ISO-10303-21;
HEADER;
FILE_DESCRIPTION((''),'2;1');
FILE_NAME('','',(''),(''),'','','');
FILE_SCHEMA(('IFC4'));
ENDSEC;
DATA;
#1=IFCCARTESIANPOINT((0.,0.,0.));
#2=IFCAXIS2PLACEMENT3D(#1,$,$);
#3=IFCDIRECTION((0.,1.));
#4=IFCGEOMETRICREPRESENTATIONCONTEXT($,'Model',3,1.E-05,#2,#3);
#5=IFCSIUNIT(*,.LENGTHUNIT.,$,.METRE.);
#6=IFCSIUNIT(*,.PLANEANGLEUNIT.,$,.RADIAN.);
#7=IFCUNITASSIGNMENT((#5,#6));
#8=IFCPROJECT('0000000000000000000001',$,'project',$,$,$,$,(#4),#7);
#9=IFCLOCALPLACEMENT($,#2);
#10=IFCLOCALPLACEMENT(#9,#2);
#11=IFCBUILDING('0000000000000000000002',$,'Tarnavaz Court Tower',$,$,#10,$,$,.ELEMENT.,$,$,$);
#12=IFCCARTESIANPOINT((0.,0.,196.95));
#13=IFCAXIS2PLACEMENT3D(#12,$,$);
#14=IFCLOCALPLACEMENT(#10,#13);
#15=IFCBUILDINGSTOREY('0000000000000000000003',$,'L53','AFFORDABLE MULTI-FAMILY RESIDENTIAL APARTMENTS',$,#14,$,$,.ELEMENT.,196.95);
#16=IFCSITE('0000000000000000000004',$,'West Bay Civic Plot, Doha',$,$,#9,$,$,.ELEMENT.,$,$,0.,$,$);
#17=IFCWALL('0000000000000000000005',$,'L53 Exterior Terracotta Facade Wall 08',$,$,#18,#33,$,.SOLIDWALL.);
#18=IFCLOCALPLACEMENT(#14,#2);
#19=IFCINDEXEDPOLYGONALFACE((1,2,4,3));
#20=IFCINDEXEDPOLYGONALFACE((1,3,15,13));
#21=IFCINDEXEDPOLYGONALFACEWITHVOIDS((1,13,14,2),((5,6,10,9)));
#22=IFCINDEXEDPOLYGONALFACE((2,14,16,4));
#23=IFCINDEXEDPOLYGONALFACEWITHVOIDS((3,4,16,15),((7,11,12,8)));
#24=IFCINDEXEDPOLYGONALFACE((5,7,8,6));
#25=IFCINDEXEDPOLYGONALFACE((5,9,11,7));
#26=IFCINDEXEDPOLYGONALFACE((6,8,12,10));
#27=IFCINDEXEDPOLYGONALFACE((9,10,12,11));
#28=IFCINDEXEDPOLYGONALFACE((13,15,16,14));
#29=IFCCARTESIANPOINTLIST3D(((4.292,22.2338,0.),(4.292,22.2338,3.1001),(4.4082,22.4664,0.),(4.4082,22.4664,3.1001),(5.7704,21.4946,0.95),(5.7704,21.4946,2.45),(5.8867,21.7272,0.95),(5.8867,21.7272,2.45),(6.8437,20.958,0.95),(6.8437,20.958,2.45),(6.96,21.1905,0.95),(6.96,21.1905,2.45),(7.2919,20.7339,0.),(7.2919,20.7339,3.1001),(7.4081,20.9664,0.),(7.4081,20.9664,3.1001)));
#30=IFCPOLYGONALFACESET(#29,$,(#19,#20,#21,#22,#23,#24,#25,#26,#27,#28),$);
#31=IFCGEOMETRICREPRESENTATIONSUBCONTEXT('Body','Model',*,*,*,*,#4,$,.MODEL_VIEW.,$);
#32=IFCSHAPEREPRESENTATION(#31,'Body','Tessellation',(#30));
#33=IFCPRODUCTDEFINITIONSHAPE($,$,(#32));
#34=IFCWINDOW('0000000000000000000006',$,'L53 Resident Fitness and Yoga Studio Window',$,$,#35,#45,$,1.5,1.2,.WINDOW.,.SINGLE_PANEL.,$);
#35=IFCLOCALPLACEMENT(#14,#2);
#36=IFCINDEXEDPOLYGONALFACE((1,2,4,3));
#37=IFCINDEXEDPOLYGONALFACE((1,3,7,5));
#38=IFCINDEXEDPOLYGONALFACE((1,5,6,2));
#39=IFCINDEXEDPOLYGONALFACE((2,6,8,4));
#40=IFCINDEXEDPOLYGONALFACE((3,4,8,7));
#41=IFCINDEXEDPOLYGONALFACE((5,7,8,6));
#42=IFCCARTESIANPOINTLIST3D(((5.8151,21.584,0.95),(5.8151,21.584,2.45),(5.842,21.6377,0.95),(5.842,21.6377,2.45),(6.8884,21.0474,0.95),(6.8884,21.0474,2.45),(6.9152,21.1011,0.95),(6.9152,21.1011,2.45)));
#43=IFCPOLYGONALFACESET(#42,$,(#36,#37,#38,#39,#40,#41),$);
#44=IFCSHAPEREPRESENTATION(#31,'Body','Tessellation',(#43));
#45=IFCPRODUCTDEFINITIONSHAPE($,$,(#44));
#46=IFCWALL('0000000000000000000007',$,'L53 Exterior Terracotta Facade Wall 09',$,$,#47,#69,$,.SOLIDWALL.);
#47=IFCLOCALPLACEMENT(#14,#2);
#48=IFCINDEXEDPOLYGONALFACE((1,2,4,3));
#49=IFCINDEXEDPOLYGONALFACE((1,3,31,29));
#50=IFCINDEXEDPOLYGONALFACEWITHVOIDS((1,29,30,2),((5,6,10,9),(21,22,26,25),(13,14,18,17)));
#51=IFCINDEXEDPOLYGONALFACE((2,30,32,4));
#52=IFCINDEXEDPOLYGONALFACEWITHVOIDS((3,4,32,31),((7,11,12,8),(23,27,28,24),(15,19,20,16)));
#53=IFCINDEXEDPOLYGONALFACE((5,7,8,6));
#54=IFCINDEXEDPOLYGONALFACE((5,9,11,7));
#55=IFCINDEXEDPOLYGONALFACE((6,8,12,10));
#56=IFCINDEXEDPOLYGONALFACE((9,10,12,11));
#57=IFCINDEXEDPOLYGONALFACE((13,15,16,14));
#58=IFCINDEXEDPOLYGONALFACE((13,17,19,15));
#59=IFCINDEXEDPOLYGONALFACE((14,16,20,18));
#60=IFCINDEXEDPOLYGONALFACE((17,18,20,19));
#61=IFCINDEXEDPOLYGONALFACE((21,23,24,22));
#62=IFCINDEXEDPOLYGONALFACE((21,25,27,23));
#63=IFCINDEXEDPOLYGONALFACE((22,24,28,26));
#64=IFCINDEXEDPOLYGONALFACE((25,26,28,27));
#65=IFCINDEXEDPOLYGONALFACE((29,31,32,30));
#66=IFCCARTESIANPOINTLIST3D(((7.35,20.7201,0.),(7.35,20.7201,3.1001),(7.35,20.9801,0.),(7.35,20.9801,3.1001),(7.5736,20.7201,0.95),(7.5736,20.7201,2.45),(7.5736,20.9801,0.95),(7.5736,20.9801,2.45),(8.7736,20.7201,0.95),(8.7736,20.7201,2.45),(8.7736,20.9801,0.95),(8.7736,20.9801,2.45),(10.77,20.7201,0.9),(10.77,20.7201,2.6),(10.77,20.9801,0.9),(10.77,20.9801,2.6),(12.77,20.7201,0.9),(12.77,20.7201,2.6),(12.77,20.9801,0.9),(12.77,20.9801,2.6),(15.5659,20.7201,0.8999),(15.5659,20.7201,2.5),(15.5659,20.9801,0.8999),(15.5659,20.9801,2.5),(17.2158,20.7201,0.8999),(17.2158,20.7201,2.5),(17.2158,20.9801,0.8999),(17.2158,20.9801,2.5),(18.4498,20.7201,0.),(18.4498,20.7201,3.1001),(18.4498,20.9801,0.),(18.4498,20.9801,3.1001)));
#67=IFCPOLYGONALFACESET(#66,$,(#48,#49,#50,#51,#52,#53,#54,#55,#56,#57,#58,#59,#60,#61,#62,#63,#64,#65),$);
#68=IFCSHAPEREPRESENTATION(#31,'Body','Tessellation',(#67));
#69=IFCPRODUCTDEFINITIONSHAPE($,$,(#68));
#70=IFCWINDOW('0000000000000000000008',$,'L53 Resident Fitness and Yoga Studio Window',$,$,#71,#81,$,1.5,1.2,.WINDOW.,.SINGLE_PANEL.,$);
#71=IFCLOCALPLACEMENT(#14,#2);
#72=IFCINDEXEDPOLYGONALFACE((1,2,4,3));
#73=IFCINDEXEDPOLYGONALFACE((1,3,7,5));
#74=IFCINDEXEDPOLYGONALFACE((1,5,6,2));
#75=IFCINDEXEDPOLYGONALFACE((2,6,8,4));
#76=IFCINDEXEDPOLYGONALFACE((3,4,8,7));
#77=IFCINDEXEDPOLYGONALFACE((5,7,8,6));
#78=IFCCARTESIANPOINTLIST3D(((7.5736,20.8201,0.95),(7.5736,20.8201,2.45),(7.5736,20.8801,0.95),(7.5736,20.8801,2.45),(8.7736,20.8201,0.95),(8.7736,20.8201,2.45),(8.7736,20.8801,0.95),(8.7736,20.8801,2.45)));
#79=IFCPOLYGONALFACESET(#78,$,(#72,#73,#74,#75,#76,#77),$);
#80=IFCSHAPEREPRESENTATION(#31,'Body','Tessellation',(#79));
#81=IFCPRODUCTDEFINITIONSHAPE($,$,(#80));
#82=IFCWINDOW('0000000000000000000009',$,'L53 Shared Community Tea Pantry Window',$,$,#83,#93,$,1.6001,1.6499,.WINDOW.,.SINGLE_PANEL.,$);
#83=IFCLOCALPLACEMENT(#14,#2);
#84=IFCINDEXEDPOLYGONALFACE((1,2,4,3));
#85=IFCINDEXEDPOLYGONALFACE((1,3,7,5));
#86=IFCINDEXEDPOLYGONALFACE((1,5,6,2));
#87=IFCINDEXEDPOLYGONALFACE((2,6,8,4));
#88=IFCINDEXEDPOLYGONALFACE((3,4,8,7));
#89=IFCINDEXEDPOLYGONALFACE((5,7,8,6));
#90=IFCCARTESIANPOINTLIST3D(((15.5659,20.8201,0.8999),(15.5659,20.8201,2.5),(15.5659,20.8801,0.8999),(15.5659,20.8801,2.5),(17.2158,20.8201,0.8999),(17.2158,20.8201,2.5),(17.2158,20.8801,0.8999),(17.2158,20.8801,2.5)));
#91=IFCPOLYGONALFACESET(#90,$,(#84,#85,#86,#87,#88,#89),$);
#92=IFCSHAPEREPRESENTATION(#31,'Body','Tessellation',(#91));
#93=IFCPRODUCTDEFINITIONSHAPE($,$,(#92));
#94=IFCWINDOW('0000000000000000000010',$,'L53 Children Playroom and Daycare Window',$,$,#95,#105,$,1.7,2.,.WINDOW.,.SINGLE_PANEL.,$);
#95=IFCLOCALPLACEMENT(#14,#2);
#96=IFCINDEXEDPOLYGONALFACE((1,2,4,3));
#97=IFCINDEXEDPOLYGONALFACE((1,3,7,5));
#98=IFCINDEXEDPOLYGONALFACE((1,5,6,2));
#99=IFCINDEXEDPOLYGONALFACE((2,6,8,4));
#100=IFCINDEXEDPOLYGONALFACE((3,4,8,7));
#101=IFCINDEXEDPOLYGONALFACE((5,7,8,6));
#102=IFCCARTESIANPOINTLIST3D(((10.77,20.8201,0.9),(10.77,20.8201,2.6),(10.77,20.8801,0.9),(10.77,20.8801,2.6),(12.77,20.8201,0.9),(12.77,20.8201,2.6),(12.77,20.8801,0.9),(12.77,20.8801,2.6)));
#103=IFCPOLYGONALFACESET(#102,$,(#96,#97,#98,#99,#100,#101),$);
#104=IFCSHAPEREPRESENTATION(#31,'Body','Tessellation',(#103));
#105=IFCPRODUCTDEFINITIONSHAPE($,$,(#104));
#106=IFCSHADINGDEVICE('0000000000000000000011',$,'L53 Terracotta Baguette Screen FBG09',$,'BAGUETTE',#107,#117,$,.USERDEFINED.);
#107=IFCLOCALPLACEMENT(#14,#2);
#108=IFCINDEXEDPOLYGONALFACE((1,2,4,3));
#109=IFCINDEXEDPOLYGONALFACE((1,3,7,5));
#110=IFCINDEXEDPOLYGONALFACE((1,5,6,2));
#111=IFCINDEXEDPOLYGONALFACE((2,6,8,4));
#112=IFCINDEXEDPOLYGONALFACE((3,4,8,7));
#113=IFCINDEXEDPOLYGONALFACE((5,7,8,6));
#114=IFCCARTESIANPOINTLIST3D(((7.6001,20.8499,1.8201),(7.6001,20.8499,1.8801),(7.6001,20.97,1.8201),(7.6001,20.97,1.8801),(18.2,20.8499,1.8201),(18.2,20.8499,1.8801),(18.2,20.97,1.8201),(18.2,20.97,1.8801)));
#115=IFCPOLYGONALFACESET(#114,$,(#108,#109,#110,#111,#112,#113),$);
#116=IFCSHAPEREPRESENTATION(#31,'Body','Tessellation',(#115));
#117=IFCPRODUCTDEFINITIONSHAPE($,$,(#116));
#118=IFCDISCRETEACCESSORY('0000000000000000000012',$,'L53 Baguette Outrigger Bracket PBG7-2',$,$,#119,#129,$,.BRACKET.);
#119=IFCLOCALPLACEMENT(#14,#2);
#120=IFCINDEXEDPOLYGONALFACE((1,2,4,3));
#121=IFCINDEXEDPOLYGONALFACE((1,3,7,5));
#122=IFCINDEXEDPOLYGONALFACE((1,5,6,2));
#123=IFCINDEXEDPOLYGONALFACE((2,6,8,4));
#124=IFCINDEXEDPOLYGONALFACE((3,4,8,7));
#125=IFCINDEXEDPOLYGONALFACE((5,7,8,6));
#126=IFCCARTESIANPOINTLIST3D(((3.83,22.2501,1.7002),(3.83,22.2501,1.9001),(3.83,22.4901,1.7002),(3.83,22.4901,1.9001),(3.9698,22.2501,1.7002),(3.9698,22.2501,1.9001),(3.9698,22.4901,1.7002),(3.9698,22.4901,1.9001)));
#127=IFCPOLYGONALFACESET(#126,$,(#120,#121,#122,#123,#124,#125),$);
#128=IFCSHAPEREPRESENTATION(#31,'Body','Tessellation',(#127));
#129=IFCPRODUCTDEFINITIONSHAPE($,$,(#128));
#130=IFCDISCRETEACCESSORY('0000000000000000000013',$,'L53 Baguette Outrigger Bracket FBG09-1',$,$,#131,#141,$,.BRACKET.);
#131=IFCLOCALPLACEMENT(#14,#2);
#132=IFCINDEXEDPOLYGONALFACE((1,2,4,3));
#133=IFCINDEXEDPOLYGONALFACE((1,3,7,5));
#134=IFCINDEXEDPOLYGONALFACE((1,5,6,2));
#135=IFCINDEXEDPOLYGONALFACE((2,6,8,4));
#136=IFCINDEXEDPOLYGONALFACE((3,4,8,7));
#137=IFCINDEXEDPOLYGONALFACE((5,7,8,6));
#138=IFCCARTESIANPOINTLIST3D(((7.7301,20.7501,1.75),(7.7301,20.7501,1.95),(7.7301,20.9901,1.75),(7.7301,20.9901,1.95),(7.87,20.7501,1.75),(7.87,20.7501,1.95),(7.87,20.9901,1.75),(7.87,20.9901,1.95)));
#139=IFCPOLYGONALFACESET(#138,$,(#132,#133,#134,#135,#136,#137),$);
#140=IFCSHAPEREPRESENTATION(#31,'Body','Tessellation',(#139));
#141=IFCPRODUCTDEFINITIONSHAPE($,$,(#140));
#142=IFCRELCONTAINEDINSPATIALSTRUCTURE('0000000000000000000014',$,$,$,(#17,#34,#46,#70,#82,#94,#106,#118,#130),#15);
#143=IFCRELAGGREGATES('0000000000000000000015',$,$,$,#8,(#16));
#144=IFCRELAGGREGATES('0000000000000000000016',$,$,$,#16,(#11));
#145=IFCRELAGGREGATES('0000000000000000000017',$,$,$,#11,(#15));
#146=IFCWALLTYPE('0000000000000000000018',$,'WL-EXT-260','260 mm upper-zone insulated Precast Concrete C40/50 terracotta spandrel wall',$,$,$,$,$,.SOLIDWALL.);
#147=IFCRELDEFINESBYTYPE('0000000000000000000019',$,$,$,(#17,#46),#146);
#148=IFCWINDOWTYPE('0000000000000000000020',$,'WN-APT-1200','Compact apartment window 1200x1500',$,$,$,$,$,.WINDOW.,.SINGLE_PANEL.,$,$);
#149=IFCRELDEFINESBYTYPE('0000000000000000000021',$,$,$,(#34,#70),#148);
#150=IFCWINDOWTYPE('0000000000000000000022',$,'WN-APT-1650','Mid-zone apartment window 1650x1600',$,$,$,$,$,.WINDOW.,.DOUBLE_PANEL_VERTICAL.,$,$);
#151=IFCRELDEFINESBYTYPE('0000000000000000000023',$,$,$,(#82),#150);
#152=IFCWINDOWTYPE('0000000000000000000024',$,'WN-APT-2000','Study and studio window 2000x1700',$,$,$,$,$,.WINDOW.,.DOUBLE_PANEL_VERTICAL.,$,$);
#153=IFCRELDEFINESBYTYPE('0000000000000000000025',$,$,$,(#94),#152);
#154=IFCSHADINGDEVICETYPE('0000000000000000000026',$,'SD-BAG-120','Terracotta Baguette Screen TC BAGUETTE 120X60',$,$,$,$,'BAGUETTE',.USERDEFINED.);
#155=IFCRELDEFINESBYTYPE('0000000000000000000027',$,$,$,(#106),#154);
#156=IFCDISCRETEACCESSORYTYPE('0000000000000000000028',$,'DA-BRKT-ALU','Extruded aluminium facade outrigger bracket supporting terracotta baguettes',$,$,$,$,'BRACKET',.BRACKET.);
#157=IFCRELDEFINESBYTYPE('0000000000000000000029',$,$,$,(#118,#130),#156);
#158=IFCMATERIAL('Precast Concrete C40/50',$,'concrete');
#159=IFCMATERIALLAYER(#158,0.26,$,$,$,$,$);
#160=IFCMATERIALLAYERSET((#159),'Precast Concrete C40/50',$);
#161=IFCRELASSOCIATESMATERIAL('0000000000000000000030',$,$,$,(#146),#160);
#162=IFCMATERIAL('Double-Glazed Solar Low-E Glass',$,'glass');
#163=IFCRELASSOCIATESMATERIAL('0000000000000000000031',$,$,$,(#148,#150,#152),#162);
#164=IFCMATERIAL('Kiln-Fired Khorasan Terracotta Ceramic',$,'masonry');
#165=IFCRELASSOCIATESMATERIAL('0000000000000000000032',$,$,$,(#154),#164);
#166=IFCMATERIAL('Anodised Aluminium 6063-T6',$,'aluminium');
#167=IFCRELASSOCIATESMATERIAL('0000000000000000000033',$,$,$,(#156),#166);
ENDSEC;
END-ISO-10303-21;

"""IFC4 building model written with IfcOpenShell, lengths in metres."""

from ifc_helpers import new_model, si_unit, direction, frame, frame_2d, origin, origin_2d, place, context, subcontext, project, spatial, rectangle, extrude, material, layer, layer_set, material_profile, profile_set, type_object, element, fill, save


model = new_model("IFC4")

# Units and contexts
model_context = context("Model", 3, precision=1e-05, world=origin(), true_north=direction((0.0, 1.0)))
body_context = subcontext(model_context, "Body", "Model", "MODEL_VIEW")
ifc_project = project(units=[si_unit("LENGTHUNIT", "METRE"), si_unit("PLANEANGLEUNIT", "RADIAN")], contexts=[model_context])

# Site, building, storey
site_placement = place(None, origin())
site = spatial("IfcSite", under=ifc_project, at=site_placement, Name="West Bay Civic Plot, Doha", CompositionType="ELEMENT", RefElevation=0.0)
building_placement = place(site_placement, origin())
building = spatial("IfcBuilding", under=site, at=building_placement, Name="Tarnavaz Court Tower", CompositionType="ELEMENT")
storey_placement = place(building_placement, frame((0.0, 0.0, 196.95)))
storey = spatial("IfcBuildingStorey", under=building, at=storey_placement, Name="L53", Description="AFFORDABLE MULTI-FAMILY RESIDENTIAL APARTMENTS", CompositionType="ELEMENT", Elevation=196.95)

# Shared definitions
ifc_material_1 = material(Name="Anodised Aluminium 6063-T6", Category="aluminium")
ifc_material_2 = material(Name="Double-Glazed Solar Low-E Glass", Category="glass")

# Wall, opening, window
ifc_material_3 = material(Name="Precast Concrete C40/50", Category="concrete")
ifc_layer_1 = layer(ifc_material_3, 0.26)
ifc_layer_set_1 = layer_set([ifc_layer_1], Name="Precast Concrete C40/50")
wall_type = type_object("IfcWallType", Name="WL-EXT-260", Description="260 mm upper-zone insulated Precast Concrete C40/50 terracotta spandrel wall", PredefinedType="SOLIDWALL", material=ifc_layer_set_1)
wall_1_placement = place(storey_placement, frame((4.3501, 22.3501, 0.0), z_axis=(0.0, 0.0, 1.0), x_axis=(0.894427, -0.447214, 0.0)))
wall_1 = element("IfcWall", 1, at=wall_1_placement, inside=storey, type_object=wall_type, Name="L53 Exterior Terracotta Facade Wall 08", PredefinedType="SOLIDWALL", context=body_context, shape_type="SweptSolid", body=[
    extrude(rectangle(XDim=3.354, YDim=0.26, at=frame_2d((1.677, 0.0))), origin(), (0.0, 0.0, 1.0), 3.1001),
])
opening_1_placement = place(wall_1_placement, frame((1.6528, 0.0, 0.95)))
opening_1 = element("IfcOpeningElement", 2, at=opening_1_placement, cuts=wall_1, PredefinedType="OPENING", context=body_context, shape_type="SweptSolid", body=[
    extrude(rectangle(XDim=1.2, YDim=1.5, at=frame_2d((0.6001, 0.75))), frame((0.0, 0.1399, 0.0), z_axis=(0.0, -1.0, 0.0), x_axis=(1.0, 0.0, 0.0)), (0.0, 0.0, 1.0), 0.28),
])
window_type_1 = type_object("IfcWindowType", Name="WN-APT-1200", Description="Compact apartment window 1200x1500", PartitioningType="SINGLE_PANEL", PredefinedType="WINDOW", material=ifc_material_2)
window_1_placement = place(opening_1_placement, origin())
window_1 = element("IfcWindow", 3, at=window_1_placement, inside=storey, type_object=window_type_1, Name="L53 Resident Fitness and Yoga Studio Window", OverallHeight=1.5, OverallWidth=1.2, PartitioningType="SINGLE_PANEL", PredefinedType="WINDOW", context=body_context, shape_type="SweptSolid", body=[
    extrude(rectangle(XDim=1.2, YDim=1.5, at=frame_2d((0.6001, 0.75))), frame((0.0, 0.03, 0.0), z_axis=(0.0, -1.0, 0.0), x_axis=(1.0, 0.0, 0.0)), (0.0, 0.0, 1.0), 0.0601),
])
fill(opening_1, window_1)

# Wall, openings, windows
wall_2_placement = place(storey_placement, frame((7.3501, 20.8501, 0.0), z_axis=(0.0, 0.0, 1.0), x_axis=(1.0, 0.0, 0.0)))
wall_2 = element("IfcWall", 4, at=wall_2_placement, inside=storey, type_object=wall_type, Name="L53 Exterior Terracotta Facade Wall 09", PredefinedType="SOLIDWALL", context=body_context, shape_type="SweptSolid", body=[
    extrude(rectangle(XDim=11.0999, YDim=0.26, at=frame_2d((5.5498, 0.0))), origin(), (0.0, 0.0, 1.0), 3.1001),
])
opening_2_placement = place(wall_2_placement, frame((0.2234, 0.0, 0.95)))
opening_2 = element("IfcOpeningElement", 5, at=opening_2_placement, cuts=wall_2, PredefinedType="OPENING", context=body_context, shape_type="SweptSolid", body=[
    extrude(rectangle(XDim=1.2, YDim=1.5, at=frame_2d((0.6001, 0.75))), frame((0.0, 0.1399, 0.0), z_axis=(0.0, -1.0, 0.0), x_axis=(1.0, 0.0, 0.0)), (0.0, 0.0, 1.0), 0.28),
])
opening_3_placement = place(wall_2_placement, frame((3.4199, 0.0, 0.8999)))
opening_3 = element("IfcOpeningElement", 6, at=opening_3_placement, cuts=wall_2, PredefinedType="OPENING", context=body_context, shape_type="SweptSolid", body=[
    extrude(rectangle(XDim=2.0, YDim=1.7, at=frame_2d((1.0, 0.8501))), frame((0.0, 0.1399, 0.0), z_axis=(0.0, -1.0, 0.0), x_axis=(1.0, 0.0, 0.0)), (0.0, 0.0, 1.0), 0.28),
])
opening_4_placement = place(wall_2_placement, frame((8.2158, 0.0, 0.8999)))
opening_4 = element("IfcOpeningElement", 7, at=opening_4_placement, cuts=wall_2, PredefinedType="OPENING", context=body_context, shape_type="SweptSolid", body=[
    extrude(rectangle(XDim=1.6499, YDim=1.6001, at=frame_2d((0.825, 0.8))), frame((0.0, 0.1399, 0.0), z_axis=(0.0, -1.0, 0.0), x_axis=(1.0, 0.0, 0.0)), (0.0, 0.0, 1.0), 0.28),
])
window_2_placement = place(opening_2_placement, origin())
window_2 = element("IfcWindow", 8, at=window_2_placement, inside=storey, type_object=window_type_1, Name="L53 Resident Fitness and Yoga Studio Window", OverallHeight=1.5, OverallWidth=1.2, PartitioningType="SINGLE_PANEL", PredefinedType="WINDOW", context=body_context, shape_type="SweptSolid", body=[
    extrude(rectangle(XDim=1.2, YDim=1.5, at=frame_2d((0.6001, 0.75))), frame((0.0, 0.03, 0.0), z_axis=(0.0, -1.0, 0.0), x_axis=(1.0, 0.0, 0.0)), (0.0, 0.0, 1.0), 0.0601),
])
fill(opening_2, window_2)
window_type_2 = type_object("IfcWindowType", Name="WN-APT-1650", Description="Mid-zone apartment window 1650x1600", PartitioningType="DOUBLE_PANEL_VERTICAL", PredefinedType="WINDOW", material=ifc_material_2)
window_3_placement = place(opening_4_placement, origin())
window_3 = element("IfcWindow", 9, at=window_3_placement, inside=storey, type_object=window_type_2, Name="L53 Shared Community Tea Pantry Window", OverallHeight=1.6001, OverallWidth=1.6499, PartitioningType="SINGLE_PANEL", PredefinedType="WINDOW", context=body_context, shape_type="SweptSolid", body=[
    extrude(rectangle(XDim=1.6499, YDim=1.6001, at=frame_2d((0.825, 0.8))), frame((0.0, 0.03, 0.0), z_axis=(0.0, -1.0, 0.0), x_axis=(1.0, 0.0, 0.0)), (0.0, 0.0, 1.0), 0.0601),
])
fill(opening_4, window_3)
window_type_3 = type_object("IfcWindowType", Name="WN-APT-2000", Description="Study and studio window 2000x1700", PartitioningType="DOUBLE_PANEL_VERTICAL", PredefinedType="WINDOW", material=ifc_material_2)
window_4_placement = place(opening_3_placement, origin())
window_4 = element("IfcWindow", 10, at=window_4_placement, inside=storey, type_object=window_type_3, Name="L53 Children Playroom and Daycare Window", OverallHeight=1.7, OverallWidth=2.0, PartitioningType="SINGLE_PANEL", PredefinedType="WINDOW", context=body_context, shape_type="SweptSolid", body=[
    extrude(rectangle(XDim=2.0, YDim=1.7, at=frame_2d((1.0, 0.8501))), frame((0.0, 0.03, 0.0), z_axis=(0.0, -1.0, 0.0), x_axis=(1.0, 0.0, 0.0)), (0.0, 0.0, 1.0), 0.0601),
])
fill(opening_3, window_4)

# Shading device
ifc_material_4 = material(Name="Kiln-Fired Khorasan Terracotta Ceramic", Category="masonry")
ifc_material_profile_1 = material_profile(ifc_material_4, rectangle(XDim=0.1201, YDim=0.0601, at=origin_2d()), Name="TC BAGUETTE 120X60")
ifc_profile_set_1 = profile_set([ifc_material_profile_1], Name="Kiln-Fired Khorasan Terracotta Ceramic")
shading_device_type = type_object("IfcShadingDeviceType", Name="SD-BAG-120", Description="Terracotta Baguette Screen TC BAGUETTE 120X60", ElementType="BAGUETTE", PredefinedType="USERDEFINED", material=ifc_profile_set_1)
shading_device_placement = place(storey_placement, frame((7.6001, 20.9099, 1.8501), z_axis=(1.0, 0.0, 0.0), x_axis=(0.0, 1.0, 0.0)))
element("IfcShadingDevice", 11, at=shading_device_placement, inside=storey, type_object=shading_device_type, Name="L53 Terracotta Baguette Screen FBG09", ObjectType="BAGUETTE", PredefinedType="USERDEFINED", context=body_context, shape_type="SweptSolid", body=[
    extrude(rectangle(XDim=0.1201, YDim=0.0601, at=origin_2d()), origin(), (0.0, 0.0, 1.0), 10.5999),
])

# Discrete accessories
discrete_accessory_type = type_object("IfcDiscreteAccessoryType", Name="DA-BRKT-ALU", Description="Extruded aluminium facade outrigger bracket supporting terracotta baguettes", ElementType="BRACKET", PredefinedType="BRACKET", material=ifc_material_1)
for number, where, z_axis, x_axis, name in (
    (12, (3.8999, 22.3701, 1.7002), (0.0, 0.0, 1.0), (1.0, 0.0, 0.0), "L53 Baguette Outrigger Bracket PBG7-2"),
    (13, (7.8, 20.8701, 1.75), (0.0, 0.0, 1.0), (1.0, 0.0, 0.0), "L53 Baguette Outrigger Bracket FBG09-1"),
):
    element("IfcDiscreteAccessory", number, at=place(storey_placement, frame(where, z_axis=z_axis, x_axis=x_axis)), inside=storey, type_object=discrete_accessory_type, Name=name, PredefinedType="BRACKET", context=body_context, shape_type="SweptSolid", body=[
        extrude(rectangle(XDim=0.1399, YDim=0.24, at=origin_2d()), origin(), (0.0, 0.0, 1.0), 0.2),
    ])

save(model, "model.ifc")
